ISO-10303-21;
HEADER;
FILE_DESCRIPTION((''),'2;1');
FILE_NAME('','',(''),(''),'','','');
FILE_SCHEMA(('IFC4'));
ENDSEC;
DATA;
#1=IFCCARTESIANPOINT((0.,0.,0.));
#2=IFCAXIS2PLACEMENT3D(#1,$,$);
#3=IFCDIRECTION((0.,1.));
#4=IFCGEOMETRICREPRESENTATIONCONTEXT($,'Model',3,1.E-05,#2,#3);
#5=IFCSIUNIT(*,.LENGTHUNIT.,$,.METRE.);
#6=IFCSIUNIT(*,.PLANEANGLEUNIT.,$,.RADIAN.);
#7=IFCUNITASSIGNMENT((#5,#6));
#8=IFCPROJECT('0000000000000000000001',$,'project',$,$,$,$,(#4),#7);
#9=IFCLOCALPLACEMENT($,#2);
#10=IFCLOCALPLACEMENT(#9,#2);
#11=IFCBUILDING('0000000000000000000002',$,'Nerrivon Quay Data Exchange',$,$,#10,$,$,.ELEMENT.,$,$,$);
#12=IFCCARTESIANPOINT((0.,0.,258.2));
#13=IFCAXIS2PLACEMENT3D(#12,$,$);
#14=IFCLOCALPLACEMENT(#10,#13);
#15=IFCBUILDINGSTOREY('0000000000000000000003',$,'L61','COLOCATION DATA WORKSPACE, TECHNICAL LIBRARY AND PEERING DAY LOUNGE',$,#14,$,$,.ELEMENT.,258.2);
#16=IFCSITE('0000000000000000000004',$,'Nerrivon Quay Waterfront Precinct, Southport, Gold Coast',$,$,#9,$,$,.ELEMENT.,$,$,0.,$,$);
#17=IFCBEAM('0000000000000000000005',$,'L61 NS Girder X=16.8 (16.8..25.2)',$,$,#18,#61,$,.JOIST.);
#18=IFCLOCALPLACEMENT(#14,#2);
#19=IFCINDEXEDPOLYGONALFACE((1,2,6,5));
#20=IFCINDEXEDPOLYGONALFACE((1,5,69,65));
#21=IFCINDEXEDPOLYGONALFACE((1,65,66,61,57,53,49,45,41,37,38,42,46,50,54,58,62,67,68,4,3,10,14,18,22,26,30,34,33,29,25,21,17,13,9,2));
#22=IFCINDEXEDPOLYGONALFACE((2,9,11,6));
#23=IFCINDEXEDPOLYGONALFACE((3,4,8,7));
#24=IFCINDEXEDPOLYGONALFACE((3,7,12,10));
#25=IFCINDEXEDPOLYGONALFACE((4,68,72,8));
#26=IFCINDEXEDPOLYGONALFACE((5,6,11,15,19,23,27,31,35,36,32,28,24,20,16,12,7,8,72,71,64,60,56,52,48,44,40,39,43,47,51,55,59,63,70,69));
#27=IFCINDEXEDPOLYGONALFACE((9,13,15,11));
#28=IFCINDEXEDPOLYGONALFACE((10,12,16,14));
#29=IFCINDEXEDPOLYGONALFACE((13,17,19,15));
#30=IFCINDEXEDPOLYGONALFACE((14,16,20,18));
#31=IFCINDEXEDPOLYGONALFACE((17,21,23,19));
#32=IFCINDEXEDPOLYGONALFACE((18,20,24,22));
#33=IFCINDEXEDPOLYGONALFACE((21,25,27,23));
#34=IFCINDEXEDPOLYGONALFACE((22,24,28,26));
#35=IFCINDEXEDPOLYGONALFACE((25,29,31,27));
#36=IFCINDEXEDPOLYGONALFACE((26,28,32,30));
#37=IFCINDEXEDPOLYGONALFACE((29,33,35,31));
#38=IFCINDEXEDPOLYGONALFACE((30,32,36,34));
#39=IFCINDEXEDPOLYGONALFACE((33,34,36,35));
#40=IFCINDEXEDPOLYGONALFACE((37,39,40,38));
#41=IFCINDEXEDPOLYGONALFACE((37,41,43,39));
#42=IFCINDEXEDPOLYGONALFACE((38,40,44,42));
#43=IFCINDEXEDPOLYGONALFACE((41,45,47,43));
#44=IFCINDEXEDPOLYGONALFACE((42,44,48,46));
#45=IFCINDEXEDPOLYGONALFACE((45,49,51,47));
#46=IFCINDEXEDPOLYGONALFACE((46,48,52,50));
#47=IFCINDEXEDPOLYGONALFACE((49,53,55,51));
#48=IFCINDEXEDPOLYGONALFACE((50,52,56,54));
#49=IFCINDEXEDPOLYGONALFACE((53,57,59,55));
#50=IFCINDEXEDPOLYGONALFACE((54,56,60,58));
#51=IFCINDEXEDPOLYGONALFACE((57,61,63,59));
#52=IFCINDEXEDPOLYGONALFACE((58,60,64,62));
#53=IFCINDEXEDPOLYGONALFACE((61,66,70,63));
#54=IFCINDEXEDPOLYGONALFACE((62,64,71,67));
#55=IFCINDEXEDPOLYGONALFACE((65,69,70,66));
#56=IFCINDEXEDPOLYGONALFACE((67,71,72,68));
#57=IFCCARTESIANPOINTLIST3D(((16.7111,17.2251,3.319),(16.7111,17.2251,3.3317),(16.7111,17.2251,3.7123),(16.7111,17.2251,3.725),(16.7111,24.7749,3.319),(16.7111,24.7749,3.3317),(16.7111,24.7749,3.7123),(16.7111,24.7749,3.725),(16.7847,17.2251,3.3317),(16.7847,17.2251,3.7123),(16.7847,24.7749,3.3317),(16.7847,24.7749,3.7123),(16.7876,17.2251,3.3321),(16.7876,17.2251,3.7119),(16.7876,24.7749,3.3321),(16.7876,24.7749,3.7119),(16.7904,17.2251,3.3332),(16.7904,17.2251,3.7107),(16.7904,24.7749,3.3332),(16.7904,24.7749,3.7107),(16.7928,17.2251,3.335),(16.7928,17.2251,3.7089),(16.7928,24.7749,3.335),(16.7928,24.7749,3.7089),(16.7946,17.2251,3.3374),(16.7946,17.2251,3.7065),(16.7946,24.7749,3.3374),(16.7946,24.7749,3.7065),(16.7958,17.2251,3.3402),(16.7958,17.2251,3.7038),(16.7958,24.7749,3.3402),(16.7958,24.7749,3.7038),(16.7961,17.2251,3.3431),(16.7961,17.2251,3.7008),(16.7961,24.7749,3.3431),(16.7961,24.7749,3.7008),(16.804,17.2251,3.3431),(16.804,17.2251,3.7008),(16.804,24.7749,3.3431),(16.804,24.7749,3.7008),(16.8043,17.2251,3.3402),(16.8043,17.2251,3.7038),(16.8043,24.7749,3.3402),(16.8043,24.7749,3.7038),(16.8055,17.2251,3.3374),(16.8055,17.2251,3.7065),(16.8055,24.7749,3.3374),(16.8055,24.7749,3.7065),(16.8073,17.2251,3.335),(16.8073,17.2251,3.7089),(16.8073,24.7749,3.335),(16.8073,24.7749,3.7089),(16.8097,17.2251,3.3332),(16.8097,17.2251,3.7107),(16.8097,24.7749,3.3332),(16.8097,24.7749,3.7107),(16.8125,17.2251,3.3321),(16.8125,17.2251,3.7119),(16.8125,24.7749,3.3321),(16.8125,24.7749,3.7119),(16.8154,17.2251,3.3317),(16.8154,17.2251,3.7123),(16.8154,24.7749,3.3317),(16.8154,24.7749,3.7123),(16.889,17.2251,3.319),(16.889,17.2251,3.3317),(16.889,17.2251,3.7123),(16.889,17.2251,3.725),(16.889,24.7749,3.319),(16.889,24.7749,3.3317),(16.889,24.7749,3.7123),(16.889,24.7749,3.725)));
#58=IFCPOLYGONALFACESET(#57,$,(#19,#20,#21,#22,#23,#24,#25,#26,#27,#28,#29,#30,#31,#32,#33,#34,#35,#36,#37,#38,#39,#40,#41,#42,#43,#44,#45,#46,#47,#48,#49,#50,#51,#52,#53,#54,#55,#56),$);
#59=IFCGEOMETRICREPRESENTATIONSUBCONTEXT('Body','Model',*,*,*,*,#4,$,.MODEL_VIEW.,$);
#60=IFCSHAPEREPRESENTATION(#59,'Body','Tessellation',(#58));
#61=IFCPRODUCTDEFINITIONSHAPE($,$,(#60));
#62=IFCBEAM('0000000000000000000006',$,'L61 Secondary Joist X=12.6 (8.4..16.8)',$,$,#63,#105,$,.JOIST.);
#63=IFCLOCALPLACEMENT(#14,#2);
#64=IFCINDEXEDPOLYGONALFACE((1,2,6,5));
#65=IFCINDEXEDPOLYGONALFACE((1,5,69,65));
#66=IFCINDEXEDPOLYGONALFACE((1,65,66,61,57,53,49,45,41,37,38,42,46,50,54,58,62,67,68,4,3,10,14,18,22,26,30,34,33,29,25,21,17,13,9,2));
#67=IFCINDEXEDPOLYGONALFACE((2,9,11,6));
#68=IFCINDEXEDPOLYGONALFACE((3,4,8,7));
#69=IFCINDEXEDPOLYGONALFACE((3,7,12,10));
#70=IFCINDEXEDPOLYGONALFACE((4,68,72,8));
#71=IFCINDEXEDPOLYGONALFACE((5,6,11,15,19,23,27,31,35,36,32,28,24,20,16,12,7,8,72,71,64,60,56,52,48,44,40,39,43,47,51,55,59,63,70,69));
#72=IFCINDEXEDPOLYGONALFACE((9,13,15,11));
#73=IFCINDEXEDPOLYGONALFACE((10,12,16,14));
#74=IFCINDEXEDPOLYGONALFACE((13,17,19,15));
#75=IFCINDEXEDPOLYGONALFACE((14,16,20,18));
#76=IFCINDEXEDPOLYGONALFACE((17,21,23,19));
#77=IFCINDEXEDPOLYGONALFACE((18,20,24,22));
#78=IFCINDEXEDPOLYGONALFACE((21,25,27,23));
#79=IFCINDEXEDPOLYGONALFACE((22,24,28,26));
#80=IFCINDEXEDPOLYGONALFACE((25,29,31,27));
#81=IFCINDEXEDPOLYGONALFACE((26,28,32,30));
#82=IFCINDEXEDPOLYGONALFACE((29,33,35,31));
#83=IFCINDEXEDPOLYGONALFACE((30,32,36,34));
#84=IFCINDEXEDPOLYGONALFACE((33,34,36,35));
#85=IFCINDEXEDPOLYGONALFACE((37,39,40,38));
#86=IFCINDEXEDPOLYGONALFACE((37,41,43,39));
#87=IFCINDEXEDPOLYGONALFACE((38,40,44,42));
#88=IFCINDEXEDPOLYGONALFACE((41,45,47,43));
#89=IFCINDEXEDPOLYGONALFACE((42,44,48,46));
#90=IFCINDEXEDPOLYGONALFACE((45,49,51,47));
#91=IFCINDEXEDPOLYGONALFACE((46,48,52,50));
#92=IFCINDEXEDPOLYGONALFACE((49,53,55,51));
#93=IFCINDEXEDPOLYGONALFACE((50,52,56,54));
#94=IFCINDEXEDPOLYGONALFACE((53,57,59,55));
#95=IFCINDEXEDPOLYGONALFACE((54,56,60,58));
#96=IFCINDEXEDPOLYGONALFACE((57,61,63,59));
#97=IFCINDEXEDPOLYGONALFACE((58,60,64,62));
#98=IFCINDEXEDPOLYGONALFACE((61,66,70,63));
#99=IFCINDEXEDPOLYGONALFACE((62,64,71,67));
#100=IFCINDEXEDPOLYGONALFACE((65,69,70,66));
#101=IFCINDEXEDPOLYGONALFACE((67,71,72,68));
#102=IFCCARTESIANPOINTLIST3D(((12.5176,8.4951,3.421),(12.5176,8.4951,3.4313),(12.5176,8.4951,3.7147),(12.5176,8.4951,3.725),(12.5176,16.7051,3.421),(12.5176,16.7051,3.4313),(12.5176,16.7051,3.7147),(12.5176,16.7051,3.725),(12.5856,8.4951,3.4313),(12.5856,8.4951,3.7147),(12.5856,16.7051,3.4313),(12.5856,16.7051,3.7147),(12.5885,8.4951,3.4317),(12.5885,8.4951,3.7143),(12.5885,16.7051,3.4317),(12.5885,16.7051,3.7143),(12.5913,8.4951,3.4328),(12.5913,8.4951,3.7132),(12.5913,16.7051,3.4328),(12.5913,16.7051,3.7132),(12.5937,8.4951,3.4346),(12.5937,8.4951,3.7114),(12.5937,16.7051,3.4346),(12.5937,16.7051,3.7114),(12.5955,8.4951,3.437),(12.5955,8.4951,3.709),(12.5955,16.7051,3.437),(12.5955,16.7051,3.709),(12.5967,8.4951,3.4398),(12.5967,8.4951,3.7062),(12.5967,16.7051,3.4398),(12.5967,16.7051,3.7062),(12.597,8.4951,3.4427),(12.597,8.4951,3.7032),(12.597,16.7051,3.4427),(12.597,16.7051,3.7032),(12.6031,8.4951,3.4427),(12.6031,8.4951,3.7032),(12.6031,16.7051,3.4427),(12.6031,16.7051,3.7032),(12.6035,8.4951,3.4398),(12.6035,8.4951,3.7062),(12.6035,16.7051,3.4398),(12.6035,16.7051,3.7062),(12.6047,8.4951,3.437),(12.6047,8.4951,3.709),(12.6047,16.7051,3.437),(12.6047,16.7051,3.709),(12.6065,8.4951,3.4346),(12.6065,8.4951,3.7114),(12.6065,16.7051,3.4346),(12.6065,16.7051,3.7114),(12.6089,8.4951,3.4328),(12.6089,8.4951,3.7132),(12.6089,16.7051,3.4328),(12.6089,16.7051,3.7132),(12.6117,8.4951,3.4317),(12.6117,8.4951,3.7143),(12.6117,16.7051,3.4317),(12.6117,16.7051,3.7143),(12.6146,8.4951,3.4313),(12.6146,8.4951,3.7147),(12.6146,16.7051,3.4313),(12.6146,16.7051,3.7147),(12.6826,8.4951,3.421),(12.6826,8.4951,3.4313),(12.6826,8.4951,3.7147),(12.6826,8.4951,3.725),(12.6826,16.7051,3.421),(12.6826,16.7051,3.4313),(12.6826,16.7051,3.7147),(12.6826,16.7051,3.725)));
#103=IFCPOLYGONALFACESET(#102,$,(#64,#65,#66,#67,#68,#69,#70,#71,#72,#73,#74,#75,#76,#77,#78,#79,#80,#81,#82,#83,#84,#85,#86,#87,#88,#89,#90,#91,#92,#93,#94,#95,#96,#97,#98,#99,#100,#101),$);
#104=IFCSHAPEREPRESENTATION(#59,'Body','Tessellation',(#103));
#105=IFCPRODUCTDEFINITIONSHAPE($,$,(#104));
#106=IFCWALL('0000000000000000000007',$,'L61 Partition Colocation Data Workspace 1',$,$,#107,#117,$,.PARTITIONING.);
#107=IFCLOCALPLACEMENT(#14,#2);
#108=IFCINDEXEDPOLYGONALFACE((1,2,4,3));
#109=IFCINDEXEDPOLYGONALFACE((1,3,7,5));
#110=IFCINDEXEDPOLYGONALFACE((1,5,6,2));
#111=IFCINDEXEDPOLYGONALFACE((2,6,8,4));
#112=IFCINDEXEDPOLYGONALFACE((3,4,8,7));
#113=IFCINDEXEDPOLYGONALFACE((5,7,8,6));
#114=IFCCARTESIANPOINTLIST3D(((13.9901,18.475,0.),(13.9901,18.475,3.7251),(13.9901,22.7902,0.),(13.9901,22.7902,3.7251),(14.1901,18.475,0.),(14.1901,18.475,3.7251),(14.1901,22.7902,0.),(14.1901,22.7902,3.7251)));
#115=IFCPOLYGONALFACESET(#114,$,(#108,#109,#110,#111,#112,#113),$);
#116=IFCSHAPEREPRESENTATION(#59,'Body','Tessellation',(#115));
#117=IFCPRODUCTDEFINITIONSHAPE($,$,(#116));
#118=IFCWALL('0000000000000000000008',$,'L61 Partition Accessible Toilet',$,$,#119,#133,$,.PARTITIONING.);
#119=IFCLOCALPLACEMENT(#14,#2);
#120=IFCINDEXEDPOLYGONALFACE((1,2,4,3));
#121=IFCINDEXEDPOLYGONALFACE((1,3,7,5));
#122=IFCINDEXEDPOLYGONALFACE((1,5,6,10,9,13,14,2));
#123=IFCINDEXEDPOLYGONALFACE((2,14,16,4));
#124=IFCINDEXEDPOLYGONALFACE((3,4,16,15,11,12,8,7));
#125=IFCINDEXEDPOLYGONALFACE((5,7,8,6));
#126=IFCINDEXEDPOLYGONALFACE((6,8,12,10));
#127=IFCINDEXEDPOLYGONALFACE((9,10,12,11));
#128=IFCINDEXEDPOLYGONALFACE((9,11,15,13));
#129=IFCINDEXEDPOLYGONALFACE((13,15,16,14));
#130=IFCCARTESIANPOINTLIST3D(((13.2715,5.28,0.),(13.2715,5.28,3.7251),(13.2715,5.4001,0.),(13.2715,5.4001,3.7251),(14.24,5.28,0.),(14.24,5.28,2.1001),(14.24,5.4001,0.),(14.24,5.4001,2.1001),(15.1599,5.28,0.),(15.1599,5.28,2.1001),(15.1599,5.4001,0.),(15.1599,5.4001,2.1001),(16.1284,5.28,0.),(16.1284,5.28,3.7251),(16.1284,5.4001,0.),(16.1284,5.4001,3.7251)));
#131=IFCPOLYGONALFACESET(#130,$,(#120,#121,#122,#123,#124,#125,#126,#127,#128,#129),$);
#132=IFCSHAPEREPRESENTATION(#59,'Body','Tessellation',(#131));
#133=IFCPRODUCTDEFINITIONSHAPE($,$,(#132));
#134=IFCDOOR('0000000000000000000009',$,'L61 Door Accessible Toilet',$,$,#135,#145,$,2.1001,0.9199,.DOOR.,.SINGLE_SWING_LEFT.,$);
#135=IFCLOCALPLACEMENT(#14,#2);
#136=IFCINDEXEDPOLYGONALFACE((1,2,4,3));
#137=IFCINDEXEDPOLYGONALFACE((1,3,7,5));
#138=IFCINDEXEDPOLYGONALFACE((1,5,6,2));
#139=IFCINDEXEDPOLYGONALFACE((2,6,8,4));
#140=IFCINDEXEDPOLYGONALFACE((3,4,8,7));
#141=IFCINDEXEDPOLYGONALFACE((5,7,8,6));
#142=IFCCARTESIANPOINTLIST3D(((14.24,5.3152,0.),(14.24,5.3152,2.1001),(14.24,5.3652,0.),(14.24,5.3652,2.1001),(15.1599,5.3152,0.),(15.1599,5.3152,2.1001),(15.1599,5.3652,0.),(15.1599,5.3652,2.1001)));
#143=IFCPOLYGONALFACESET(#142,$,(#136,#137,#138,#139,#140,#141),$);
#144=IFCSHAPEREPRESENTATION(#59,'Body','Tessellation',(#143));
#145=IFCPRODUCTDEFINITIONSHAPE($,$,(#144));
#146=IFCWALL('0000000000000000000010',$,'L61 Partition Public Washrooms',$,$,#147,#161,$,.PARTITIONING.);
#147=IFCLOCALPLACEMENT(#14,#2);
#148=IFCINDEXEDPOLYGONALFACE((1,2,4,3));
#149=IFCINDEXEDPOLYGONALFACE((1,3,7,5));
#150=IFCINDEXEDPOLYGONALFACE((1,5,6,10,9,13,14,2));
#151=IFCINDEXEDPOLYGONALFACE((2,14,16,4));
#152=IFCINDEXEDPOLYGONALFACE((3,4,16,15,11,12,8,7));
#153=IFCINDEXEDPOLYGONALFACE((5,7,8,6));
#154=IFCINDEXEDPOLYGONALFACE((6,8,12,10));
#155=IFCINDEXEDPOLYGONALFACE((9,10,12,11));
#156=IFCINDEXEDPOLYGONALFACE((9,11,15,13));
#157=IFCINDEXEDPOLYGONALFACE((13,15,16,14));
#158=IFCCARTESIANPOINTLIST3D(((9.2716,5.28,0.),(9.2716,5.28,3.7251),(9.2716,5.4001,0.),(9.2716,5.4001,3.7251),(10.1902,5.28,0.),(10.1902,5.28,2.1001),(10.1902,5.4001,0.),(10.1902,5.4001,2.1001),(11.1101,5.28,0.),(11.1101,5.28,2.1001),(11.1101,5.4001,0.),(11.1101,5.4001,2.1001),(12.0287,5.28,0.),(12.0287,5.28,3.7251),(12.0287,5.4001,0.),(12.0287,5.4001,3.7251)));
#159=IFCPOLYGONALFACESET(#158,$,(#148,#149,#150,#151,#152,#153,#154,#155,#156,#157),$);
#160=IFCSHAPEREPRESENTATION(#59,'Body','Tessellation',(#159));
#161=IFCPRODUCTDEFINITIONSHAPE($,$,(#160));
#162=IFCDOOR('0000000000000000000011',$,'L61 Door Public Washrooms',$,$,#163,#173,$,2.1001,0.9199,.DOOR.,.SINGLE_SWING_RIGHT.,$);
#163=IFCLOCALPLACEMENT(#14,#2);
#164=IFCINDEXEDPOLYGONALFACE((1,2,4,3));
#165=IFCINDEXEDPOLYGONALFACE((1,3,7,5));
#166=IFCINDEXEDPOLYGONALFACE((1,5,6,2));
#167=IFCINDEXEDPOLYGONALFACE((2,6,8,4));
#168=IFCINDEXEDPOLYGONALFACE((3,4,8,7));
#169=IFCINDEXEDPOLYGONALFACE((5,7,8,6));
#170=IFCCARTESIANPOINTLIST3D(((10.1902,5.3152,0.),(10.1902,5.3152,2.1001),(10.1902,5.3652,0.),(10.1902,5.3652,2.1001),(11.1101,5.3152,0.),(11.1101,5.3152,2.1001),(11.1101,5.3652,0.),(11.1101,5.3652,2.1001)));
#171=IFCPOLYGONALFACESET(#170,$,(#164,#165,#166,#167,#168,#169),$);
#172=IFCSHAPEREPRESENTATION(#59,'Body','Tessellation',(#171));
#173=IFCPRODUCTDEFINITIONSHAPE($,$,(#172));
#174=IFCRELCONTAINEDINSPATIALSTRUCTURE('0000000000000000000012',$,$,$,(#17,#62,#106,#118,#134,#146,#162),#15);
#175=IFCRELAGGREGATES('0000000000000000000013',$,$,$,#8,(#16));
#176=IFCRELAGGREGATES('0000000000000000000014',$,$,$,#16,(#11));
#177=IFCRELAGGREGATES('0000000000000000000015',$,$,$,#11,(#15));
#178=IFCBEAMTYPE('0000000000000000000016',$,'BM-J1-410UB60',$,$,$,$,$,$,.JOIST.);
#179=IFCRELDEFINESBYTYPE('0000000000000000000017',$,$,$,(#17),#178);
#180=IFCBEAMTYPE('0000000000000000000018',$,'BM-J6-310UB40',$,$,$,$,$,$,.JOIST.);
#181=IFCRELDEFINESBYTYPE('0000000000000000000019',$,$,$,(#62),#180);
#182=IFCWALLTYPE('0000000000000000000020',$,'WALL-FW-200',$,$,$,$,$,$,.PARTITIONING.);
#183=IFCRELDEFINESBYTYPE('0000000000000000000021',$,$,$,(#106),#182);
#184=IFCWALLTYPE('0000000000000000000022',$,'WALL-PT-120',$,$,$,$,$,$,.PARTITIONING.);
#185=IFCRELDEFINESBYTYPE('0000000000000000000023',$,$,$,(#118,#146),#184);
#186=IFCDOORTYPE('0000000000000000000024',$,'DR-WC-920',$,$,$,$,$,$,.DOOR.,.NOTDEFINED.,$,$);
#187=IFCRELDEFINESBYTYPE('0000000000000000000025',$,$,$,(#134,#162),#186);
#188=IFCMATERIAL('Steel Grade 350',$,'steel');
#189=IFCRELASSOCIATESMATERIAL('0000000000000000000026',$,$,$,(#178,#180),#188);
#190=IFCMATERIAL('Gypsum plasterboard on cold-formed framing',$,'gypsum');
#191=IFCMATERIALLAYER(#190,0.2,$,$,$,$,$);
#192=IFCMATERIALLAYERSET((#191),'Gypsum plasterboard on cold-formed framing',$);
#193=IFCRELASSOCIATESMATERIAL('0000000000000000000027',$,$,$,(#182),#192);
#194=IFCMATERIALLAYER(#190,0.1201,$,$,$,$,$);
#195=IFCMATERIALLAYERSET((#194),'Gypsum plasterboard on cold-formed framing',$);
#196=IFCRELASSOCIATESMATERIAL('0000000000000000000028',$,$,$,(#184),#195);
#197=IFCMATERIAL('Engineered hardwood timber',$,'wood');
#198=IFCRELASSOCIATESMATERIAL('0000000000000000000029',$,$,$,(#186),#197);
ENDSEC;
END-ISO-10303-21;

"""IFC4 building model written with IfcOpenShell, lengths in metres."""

from ifc_helpers import new_model, si_unit, direction, frame, frame_2d, origin, origin_2d, place, context, subcontext, project, spatial, rectangle, i_section, extrude, material, layer, layer_set, material_profile, profile_set, type_object, element, fill, save


model = new_model("IFC4")

# Units and contexts
model_context = context("Model", 3, precision=1e-05, world=origin(), true_north=direction((0.0, 1.0)))
body_context = subcontext(model_context, "Body", "Model", "MODEL_VIEW")
ifc_project = project(units=[si_unit("LENGTHUNIT", "METRE"), si_unit("PLANEANGLEUNIT", "RADIAN")], contexts=[model_context])

# Site, building, storey
site_placement = place(None, origin())
site = spatial("IfcSite", under=ifc_project, at=site_placement, Name="Nerrivon Quay Waterfront Precinct, Southport, Gold Coast", CompositionType="ELEMENT", RefElevation=0.0)
building_placement = place(site_placement, origin())
building = spatial("IfcBuilding", under=site, at=building_placement, Name="Nerrivon Quay Data Exchange", CompositionType="ELEMENT")
storey_placement = place(building_placement, frame((0.0, 0.0, 258.2)))
storey = spatial("IfcBuildingStorey", under=building, at=storey_placement, Name="L61", Description="COLOCATION DATA WORKSPACE, TECHNICAL LIBRARY AND PEERING DAY LOUNGE", CompositionType="ELEMENT", Elevation=258.2)

# Shared definitions
ifc_material_1 = material(Name="Steel Grade 350", Category="steel")

# Beams
ifc_material_profile_1 = material_profile(ifc_material_1, i_section(OverallWidth=0.178, OverallDepth=0.406, WebThickness=0.0078, FlangeThickness=0.0127, FilletRadius=0.0115, at=origin_2d()), Name="410UB59.7")
ifc_profile_set_1 = profile_set([ifc_material_profile_1], Name="Steel Grade 350")
beam_type_1 = type_object("IfcBeamType", Name="BM-J1-410UB60", PredefinedType="JOIST", material=ifc_profile_set_1)
beam_1_placement = place(storey_placement, frame((16.8, 17.2251, 3.522), z_axis=(0.0, 1.0, 0.0), x_axis=(-1.0, 0.0, 0.0)))
element("IfcBeam", 1, at=beam_1_placement, inside=storey, type_object=beam_type_1, Name="L61 NS Girder X=16.8 (16.8..25.2)", PredefinedType="JOIST", context=body_context, shape_type="SweptSolid", body=[
    extrude(i_section(OverallWidth=0.178, OverallDepth=0.406, WebThickness=0.0078, FlangeThickness=0.0127, FilletRadius=0.0115, at=origin_2d()), origin(), (0.0, 0.0, 1.0), 7.5498),
])
ifc_material_profile_2 = material_profile(ifc_material_1, i_section(OverallWidth=0.165, OverallDepth=0.304, WebThickness=0.0061, FlangeThickness=0.0103, FilletRadius=0.0115, at=origin_2d()), Name="310UB40.4")
ifc_profile_set_2 = profile_set([ifc_material_profile_2], Name="Steel Grade 350")
beam_type_2 = type_object("IfcBeamType", Name="BM-J6-310UB40", PredefinedType="JOIST", material=ifc_profile_set_2)
beam_2_placement = place(storey_placement, frame((12.6001, 8.4951, 3.573), z_axis=(0.0, 1.0, 0.0), x_axis=(-1.0, 0.0, 0.0)))
element("IfcBeam", 2, at=beam_2_placement, inside=storey, type_object=beam_type_2, Name="L61 Secondary Joist X=12.6 (8.4..16.8)", PredefinedType="JOIST", context=body_context, shape_type="SweptSolid", body=[
    extrude(i_section(OverallWidth=0.165, OverallDepth=0.304, WebThickness=0.0061, FlangeThickness=0.0103, FilletRadius=0.0115, at=origin_2d()), origin(), (0.0, 0.0, 1.0), 8.21),
])

# Wall
ifc_material_2 = material(Name="Gypsum plasterboard on cold-formed framing", Category="gypsum")
ifc_layer_1 = layer(ifc_material_2, 0.2)
ifc_layer_set_1 = layer_set([ifc_layer_1], Name="Gypsum plasterboard on cold-formed framing")
wall_type_1 = type_object("IfcWallType", Name="WALL-FW-200", PredefinedType="PARTITIONING", material=ifc_layer_set_1)
wall_1_placement = place(storey_placement, frame((14.0901, 18.4749, 0.0), z_axis=(0.0, 0.0, 1.0), x_axis=(0.0, 1.0, 0.0)))
element("IfcWall", 3, at=wall_1_placement, inside=storey, type_object=wall_type_1, Name="L61 Partition Colocation Data Workspace 1", PredefinedType="PARTITIONING", context=body_context, shape_type="SweptSolid", body=[
    extrude(rectangle(XDim=4.3152, YDim=0.2, at=frame_2d((2.1577, 0.0))), origin(), (0.0, 0.0, 1.0), 3.7251),
])

# Walls, openings, doors
ifc_layer_2 = layer(ifc_material_2, 0.1201)
ifc_layer_set_2 = layer_set([ifc_layer_2], Name="Gypsum plasterboard on cold-formed framing")
wall_type_2 = type_object("IfcWallType", Name="WALL-PT-120", PredefinedType="PARTITIONING", material=ifc_layer_set_2)
wall_2_placement = place(storey_placement, frame((16.1284, 5.3401, 0.0), z_axis=(0.0, 0.0, 1.0), x_axis=(-1.0, 0.0, 0.0)))
wall_2 = element("IfcWall", 4, at=wall_2_placement, inside=storey, type_object=wall_type_2, Name="L61 Partition Accessible Toilet", PredefinedType="PARTITIONING", context=body_context, shape_type="SweptSolid", body=[
    extrude(rectangle(XDim=2.8569, YDim=0.1201, at=frame_2d((1.4285, 0.0))), origin(), (0.0, 0.0, 1.0), 3.7251),
])
opening_1_placement = place(wall_2_placement, frame((0.9685, 0.0, 0.0)))
opening_1 = element("IfcOpeningElement", 5, at=opening_1_placement, cuts=wall_2, PredefinedType="OPENING", context=body_context, shape_type="SweptSolid", body=[
    extrude(rectangle(XDim=0.9199, YDim=2.1001, at=frame_2d((0.46, 1.05))), frame((0.0, 0.0701, 0.0), z_axis=(0.0, -1.0, 0.0), x_axis=(1.0, 0.0, 0.0)), (0.0, 0.0, 1.0), 0.1401),
])
ifc_material_3 = material(Name="Engineered hardwood timber", Category="wood")
door_type_1 = type_object("IfcDoorType", Name="DR-WC-920", OperationType="NOTDEFINED", PredefinedType="DOOR", material=ifc_material_3)
door_1_placement = place(opening_1_placement, origin())
door_1 = element("IfcDoor", 6, at=door_1_placement, inside=storey, type_object=door_type_1, Name="L61 Door Accessible Toilet", OperationType="SINGLE_SWING_LEFT", OverallHeight=2.1001, OverallWidth=0.9199, PredefinedType="DOOR", context=body_context, shape_type="SweptSolid", body=[
    extrude(rectangle(XDim=0.9199, YDim=2.1001, at=frame_2d((0.46, 1.05))), frame((0.0, 0.0249, 0.0), z_axis=(0.0, -1.0, 0.0), x_axis=(1.0, 0.0, 0.0)), (0.0, 0.0, 1.0), 0.05),
])
fill(opening_1, door_1)
wall_3_placement = place(storey_placement, frame((12.0286, 5.3401, 0.0), z_axis=(0.0, 0.0, 1.0), x_axis=(-1.0, 0.0, 0.0)))
wall_3 = element("IfcWall", 7, at=wall_3_placement, inside=storey, type_object=wall_type_2, Name="L61 Partition Public Washrooms", PredefinedType="PARTITIONING", context=body_context, shape_type="SweptSolid", body=[
    extrude(rectangle(XDim=2.7571, YDim=0.1201, at=frame_2d((1.3784, 0.0))), origin(), (0.0, 0.0, 1.0), 3.7251),
])
opening_2_placement = place(wall_3_placement, frame((0.9185, 0.0, 0.0)))
opening_2 = element("IfcOpeningElement", 8, at=opening_2_placement, cuts=wall_3, PredefinedType="OPENING", context=body_context, shape_type="SweptSolid", body=[
    extrude(rectangle(XDim=0.9199, YDim=2.1001, at=frame_2d((0.46, 1.05))), frame((0.0, 0.0701, 0.0), z_axis=(0.0, -1.0, 0.0), x_axis=(1.0, 0.0, 0.0)), (0.0, 0.0, 1.0), 0.1401),
])
door_2_placement = place(opening_2_placement, origin())
door_2 = element("IfcDoor", 9, at=door_2_placement, inside=storey, type_object=door_type_1, Name="L61 Door Public Washrooms", OperationType="SINGLE_SWING_RIGHT", OverallHeight=2.1001, OverallWidth=0.9199, PredefinedType="DOOR", context=body_context, shape_type="SweptSolid", body=[
    extrude(rectangle(XDim=0.9199, YDim=2.1001, at=frame_2d((0.46, 1.05))), frame((0.0, 0.0249, 0.0), z_axis=(0.0, -1.0, 0.0), x_axis=(1.0, 0.0, 0.0)), (0.0, 0.0, 1.0), 0.05),
])
fill(opening_2, door_2)

save(model, "model.ifc")
